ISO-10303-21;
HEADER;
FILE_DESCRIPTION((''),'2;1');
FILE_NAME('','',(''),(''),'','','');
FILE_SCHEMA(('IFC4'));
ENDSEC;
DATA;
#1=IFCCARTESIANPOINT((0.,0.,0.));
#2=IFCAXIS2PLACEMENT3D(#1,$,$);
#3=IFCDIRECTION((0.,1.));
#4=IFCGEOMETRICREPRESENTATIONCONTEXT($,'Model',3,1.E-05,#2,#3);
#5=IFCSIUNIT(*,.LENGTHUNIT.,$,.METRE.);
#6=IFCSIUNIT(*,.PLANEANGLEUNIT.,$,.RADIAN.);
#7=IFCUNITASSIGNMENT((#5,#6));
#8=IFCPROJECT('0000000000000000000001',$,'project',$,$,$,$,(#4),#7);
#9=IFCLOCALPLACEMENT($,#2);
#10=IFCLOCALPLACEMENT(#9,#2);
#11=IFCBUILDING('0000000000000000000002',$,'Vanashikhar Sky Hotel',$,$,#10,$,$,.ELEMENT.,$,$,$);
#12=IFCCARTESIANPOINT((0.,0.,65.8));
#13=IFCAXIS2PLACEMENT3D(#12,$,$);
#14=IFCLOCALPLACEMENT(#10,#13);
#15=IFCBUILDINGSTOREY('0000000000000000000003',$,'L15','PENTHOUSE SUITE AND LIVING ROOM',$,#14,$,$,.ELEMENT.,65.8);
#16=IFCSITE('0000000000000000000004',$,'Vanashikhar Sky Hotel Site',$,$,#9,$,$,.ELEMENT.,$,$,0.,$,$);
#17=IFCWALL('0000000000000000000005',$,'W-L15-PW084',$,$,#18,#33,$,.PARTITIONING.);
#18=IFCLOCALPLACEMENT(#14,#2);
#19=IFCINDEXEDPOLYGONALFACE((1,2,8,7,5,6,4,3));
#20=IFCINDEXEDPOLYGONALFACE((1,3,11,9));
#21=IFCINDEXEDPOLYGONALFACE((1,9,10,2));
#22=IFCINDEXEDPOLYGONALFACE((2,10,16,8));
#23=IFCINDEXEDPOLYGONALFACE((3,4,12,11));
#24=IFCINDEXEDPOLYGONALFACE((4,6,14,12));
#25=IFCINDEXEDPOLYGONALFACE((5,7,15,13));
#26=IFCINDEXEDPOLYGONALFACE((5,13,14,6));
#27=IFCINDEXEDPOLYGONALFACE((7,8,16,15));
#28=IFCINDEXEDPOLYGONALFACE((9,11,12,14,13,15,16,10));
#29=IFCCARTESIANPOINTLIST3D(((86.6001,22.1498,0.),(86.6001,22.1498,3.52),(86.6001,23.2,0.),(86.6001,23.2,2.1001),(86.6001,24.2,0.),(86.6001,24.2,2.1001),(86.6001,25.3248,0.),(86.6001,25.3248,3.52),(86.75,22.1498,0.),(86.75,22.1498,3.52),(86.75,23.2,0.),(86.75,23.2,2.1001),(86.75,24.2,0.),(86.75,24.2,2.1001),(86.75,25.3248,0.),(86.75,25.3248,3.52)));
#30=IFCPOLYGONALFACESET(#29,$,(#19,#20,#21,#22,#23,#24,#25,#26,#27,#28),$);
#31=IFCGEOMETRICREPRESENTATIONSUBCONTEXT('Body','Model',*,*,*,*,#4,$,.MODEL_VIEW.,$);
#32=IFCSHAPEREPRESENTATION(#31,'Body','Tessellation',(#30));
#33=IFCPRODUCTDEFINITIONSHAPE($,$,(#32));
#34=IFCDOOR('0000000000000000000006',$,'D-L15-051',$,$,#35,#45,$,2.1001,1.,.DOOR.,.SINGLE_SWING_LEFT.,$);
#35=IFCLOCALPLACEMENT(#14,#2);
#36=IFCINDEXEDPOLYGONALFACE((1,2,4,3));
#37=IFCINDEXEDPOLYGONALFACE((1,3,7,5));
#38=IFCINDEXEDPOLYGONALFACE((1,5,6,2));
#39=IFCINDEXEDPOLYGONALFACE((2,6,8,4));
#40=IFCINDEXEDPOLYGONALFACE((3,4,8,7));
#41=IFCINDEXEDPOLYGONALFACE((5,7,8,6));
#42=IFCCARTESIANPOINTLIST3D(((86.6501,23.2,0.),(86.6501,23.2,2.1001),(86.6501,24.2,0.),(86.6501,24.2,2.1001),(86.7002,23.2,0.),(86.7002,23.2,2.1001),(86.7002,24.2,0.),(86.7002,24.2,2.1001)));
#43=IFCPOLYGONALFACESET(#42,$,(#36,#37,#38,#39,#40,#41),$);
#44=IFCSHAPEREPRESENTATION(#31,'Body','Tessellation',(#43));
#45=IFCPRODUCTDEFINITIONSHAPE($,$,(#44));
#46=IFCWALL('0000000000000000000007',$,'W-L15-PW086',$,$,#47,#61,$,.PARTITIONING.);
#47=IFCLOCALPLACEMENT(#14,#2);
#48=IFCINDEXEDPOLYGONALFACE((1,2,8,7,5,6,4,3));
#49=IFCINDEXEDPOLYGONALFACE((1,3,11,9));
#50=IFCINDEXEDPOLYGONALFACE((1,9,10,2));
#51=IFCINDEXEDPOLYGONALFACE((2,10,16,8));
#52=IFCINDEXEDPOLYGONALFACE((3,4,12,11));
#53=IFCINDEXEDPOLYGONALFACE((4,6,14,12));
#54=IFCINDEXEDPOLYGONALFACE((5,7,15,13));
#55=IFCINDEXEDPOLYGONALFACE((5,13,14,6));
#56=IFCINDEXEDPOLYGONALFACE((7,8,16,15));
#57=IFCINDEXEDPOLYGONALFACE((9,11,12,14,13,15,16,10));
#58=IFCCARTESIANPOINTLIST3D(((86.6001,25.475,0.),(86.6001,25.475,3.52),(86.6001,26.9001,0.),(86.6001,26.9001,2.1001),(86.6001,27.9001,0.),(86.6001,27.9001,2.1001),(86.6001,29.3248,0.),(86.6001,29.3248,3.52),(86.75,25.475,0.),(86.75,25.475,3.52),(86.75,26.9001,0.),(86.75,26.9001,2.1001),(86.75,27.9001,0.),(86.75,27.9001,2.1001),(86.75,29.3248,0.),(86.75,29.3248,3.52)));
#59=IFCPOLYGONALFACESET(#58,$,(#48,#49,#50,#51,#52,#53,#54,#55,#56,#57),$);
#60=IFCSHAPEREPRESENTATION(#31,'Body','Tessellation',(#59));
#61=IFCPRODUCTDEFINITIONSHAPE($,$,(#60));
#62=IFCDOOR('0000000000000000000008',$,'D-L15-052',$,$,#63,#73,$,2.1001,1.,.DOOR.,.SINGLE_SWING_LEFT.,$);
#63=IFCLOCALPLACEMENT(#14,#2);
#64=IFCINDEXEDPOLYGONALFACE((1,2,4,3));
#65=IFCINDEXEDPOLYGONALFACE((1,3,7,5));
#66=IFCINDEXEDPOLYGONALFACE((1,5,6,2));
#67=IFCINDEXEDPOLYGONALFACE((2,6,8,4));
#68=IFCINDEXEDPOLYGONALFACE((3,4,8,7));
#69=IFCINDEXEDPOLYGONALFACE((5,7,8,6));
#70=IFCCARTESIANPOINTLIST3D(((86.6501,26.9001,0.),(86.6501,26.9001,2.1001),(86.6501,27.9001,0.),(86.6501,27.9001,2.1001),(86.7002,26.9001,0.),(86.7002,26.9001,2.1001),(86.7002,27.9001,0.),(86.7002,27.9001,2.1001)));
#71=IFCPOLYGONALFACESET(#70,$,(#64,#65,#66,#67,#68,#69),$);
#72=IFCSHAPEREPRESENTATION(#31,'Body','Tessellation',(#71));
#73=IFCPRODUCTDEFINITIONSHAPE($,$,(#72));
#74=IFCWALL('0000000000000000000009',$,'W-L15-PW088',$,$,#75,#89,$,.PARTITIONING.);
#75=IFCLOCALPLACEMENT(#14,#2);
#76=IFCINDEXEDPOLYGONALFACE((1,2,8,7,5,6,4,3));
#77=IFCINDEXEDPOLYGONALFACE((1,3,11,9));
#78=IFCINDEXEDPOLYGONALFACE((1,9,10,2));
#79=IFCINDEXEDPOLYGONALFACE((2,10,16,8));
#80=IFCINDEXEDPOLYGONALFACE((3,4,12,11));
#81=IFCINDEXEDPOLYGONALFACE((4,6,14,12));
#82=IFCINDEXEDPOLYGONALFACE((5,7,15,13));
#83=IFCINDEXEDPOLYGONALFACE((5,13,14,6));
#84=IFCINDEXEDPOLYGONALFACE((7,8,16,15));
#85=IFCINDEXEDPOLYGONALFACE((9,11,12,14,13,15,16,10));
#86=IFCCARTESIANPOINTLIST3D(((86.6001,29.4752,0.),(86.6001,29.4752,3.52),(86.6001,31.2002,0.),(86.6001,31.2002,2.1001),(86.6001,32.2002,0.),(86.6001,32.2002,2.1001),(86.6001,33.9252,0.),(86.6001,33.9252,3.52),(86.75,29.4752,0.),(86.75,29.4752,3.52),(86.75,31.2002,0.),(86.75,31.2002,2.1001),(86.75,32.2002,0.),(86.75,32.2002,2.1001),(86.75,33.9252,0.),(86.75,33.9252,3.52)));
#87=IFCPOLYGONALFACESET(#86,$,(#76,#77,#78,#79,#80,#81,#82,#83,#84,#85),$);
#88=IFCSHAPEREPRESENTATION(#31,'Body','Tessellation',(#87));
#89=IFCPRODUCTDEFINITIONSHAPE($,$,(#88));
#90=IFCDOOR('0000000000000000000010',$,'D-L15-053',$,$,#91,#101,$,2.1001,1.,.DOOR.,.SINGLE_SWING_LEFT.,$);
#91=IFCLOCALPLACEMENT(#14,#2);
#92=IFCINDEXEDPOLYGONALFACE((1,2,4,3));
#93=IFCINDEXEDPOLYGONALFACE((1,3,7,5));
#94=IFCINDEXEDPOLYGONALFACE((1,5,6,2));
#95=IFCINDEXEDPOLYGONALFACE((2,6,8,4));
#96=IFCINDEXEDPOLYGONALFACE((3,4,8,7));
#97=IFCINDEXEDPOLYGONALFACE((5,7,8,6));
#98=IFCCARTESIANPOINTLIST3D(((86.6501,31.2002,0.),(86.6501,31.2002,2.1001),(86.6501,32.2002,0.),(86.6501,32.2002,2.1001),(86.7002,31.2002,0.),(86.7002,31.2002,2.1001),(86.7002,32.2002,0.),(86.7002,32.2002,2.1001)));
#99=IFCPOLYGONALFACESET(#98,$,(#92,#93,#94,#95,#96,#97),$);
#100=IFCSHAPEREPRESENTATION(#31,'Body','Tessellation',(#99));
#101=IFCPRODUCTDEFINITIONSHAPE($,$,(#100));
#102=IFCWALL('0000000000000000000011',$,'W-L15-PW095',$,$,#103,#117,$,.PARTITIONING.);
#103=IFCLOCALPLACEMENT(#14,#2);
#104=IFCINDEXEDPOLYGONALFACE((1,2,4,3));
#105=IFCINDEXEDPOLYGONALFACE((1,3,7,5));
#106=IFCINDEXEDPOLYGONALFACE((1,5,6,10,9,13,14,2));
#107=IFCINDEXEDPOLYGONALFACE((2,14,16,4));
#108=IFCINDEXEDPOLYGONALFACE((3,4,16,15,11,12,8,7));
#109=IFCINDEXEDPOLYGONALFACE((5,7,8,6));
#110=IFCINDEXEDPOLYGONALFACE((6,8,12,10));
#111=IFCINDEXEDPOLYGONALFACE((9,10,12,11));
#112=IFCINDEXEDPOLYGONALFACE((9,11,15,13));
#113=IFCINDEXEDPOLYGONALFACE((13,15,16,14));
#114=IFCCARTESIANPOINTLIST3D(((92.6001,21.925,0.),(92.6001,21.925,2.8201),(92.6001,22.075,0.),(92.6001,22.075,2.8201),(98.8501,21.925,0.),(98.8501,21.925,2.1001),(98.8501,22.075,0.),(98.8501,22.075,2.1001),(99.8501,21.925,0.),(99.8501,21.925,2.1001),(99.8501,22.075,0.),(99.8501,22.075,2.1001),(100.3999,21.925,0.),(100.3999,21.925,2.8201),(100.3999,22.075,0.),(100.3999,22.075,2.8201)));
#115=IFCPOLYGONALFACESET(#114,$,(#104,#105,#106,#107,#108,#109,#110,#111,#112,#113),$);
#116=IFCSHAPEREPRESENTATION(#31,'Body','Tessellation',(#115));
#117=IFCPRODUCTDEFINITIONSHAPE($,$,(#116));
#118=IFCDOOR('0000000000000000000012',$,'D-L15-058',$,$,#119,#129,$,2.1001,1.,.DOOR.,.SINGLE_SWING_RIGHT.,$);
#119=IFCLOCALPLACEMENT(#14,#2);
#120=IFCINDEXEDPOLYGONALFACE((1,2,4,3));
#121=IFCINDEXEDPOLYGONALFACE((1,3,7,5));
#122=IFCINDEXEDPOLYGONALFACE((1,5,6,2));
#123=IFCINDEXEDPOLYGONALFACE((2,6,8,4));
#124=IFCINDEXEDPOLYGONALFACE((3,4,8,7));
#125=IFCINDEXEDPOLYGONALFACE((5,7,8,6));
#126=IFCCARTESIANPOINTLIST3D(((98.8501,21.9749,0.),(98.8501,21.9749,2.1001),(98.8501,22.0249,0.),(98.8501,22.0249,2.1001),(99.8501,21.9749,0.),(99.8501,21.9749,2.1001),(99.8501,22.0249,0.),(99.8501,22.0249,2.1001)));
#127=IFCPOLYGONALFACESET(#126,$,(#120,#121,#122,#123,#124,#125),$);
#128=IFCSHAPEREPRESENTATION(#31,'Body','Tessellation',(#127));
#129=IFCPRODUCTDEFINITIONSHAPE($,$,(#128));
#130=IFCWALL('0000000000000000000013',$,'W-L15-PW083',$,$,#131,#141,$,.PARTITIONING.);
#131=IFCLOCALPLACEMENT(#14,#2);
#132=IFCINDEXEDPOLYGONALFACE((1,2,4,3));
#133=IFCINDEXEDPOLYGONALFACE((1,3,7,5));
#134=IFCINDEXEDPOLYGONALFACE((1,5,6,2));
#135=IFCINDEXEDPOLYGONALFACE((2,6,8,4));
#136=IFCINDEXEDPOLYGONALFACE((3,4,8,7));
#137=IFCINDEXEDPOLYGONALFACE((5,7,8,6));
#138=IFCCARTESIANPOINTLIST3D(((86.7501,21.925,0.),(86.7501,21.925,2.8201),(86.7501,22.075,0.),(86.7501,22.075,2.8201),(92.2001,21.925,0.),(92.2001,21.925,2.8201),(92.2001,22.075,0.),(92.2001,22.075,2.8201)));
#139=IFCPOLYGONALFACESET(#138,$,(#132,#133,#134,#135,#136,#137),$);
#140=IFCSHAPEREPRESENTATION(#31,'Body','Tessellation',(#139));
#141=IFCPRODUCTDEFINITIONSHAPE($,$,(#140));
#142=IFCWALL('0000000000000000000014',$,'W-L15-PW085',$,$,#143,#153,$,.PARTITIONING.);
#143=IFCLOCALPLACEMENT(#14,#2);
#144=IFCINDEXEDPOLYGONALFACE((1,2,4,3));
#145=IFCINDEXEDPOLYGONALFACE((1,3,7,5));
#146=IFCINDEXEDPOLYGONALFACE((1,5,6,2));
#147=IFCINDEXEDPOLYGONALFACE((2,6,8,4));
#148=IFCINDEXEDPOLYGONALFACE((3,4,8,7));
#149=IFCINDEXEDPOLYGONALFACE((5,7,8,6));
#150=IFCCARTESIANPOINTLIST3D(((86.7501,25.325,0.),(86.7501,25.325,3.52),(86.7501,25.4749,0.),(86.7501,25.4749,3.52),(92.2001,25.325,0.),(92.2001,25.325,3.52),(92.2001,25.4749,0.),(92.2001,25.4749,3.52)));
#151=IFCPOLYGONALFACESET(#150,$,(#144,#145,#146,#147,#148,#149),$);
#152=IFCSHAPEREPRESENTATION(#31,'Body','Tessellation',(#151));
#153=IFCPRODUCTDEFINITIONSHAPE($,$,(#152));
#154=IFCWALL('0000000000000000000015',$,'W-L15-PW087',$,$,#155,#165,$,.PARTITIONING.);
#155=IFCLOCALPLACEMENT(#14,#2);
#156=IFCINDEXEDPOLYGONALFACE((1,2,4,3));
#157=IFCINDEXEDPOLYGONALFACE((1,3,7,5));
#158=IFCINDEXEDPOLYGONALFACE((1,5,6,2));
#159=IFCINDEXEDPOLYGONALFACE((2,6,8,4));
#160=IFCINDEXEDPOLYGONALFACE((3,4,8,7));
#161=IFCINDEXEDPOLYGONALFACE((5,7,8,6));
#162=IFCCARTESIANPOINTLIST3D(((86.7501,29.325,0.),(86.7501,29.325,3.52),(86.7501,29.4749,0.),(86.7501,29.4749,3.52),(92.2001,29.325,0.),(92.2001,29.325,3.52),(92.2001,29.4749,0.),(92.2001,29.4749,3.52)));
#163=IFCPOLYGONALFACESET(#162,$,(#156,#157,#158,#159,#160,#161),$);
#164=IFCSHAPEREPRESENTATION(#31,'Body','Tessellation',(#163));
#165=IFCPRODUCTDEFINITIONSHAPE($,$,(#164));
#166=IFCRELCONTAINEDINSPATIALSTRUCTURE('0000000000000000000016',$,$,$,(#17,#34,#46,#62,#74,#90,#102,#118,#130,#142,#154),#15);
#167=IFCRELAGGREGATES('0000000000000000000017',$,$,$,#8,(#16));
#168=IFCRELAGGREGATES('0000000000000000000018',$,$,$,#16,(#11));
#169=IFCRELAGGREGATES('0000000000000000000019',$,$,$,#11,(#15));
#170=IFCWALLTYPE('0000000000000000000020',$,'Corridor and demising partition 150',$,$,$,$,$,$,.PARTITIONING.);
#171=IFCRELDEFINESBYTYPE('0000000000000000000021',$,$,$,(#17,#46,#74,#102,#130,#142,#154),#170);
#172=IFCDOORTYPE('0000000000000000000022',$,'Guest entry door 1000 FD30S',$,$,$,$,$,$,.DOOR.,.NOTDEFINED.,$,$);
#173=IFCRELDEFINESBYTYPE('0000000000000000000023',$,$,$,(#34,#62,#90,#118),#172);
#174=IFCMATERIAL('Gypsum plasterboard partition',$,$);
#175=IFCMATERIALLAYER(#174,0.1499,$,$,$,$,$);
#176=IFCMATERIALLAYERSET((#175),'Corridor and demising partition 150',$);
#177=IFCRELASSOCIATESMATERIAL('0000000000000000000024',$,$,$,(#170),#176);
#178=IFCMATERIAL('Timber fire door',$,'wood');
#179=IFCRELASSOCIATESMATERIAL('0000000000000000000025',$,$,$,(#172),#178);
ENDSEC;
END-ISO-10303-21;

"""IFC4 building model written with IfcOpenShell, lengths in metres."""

from ifc_helpers import new_model, si_unit, direction, frame, frame_2d, origin, place, context, subcontext, project, spatial, rectangle, extrude, source, transform, mapped, material, layer, layer_set, type_object, element, fill, save


model = new_model("IFC4")

# Units and contexts
model_context = context("Model", 3, precision=1e-05, world=origin(), true_north=direction((0.0, 1.0)))
body_context = subcontext(model_context, "Body", "Model", "MODEL_VIEW")
ifc_project = project(units=[si_unit("LENGTHUNIT", "METRE"), si_unit("PLANEANGLEUNIT", "RADIAN")], contexts=[model_context])

# Site, building, storey
site_placement = place(None, origin())
site = spatial("IfcSite", under=ifc_project, at=site_placement, Name="Vanashikhar Sky Hotel Site", CompositionType="ELEMENT", RefElevation=0.0)
building_placement = place(site_placement, origin())
building = spatial("IfcBuilding", under=site, at=building_placement, Name="Vanashikhar Sky Hotel", CompositionType="ELEMENT")
storey_placement = place(building_placement, frame((0.0, 0.0, 65.8)))
storey = spatial("IfcBuildingStorey", under=building, at=storey_placement, Name="L15", Description="PENTHOUSE SUITE AND LIVING ROOM", CompositionType="ELEMENT", Elevation=65.8)

# Walls, openings, doors
ifc_material_1 = material(Name="Gypsum plasterboard partition")
ifc_layer_1 = layer(ifc_material_1, 0.1499)
ifc_layer_set_1 = layer_set([ifc_layer_1], Name="Corridor and demising partition 150")
wall_type_1 = type_object("IfcWallType", Name="Corridor and demising partition 150", PredefinedType="PARTITIONING", material=ifc_layer_set_1)
shared_shape_1 = source(origin(), body_context, "Body", "SweptSolid", [
    extrude(rectangle(XDim=3.175, YDim=0.1499, at=frame_2d((1.5874, 0.0))), origin(), (0.0, 0.0, 1.0), 3.52),
])
wall_1_placement = place(storey_placement, frame((86.675, 22.1499, 0.0), z_axis=(0.0, 0.0, 1.0), x_axis=(0.0, 1.0, 0.0)))
wall_1 = element("IfcWall", 1, at=wall_1_placement, inside=storey, type_object=wall_type_1, Name="W-L15-PW084", PredefinedType="PARTITIONING", context=body_context, shape_type="MappedRepresentation", body=[
    mapped(shared_shape_1, transform((0.0, 0.0, 0.0), scale=1.0)),
])
shared_shape_2 = source(origin(), body_context, "Body", "SweptSolid", [
    extrude(rectangle(XDim=1.0, YDim=2.1001, at=frame_2d((0.5, 1.05))), frame((0.0, 0.085, 0.0), z_axis=(0.0, -1.0, 0.0), x_axis=(1.0, 0.0, 0.0)), (0.0, 0.0, 1.0), 0.1699),
])
opening_1_placement = place(wall_1_placement, frame((1.05, 0.0, 0.0)))
opening_1 = element("IfcOpeningElement", 2, at=opening_1_placement, cuts=wall_1, PredefinedType="OPENING", context=body_context, shape_type="MappedRepresentation", body=[
    mapped(shared_shape_2, transform((0.0, 0.0, 0.0), scale=1.0)),
])
ifc_material_2 = material(Name="Timber fire door", Category="wood")
door_type_1 = type_object("IfcDoorType", Name="Guest entry door 1000 FD30S", OperationType="NOTDEFINED", PredefinedType="DOOR", material=ifc_material_2)
shared_shape_3 = source(origin(), body_context, "Body", "SweptSolid", [
    extrude(rectangle(XDim=1.0, YDim=2.1001, at=frame_2d((0.5, 1.05))), frame((0.0, 0.0249, 0.0), z_axis=(0.0, -1.0, 0.0), x_axis=(1.0, 0.0, 0.0)), (0.0, 0.0, 1.0), 0.05),
])
door_1_placement = place(opening_1_placement, origin())
door_1 = element("IfcDoor", 3, at=door_1_placement, inside=storey, type_object=door_type_1, Name="D-L15-051", OperationType="SINGLE_SWING_LEFT", OverallHeight=2.1001, OverallWidth=1.0, PredefinedType="DOOR", context=body_context, shape_type="MappedRepresentation", body=[
    mapped(shared_shape_3, transform((0.0, 0.0, 0.0), scale=1.0)),
])
fill(opening_1, door_1)
shared_shape_4 = source(origin(), body_context, "Body", "SweptSolid", [
    extrude(rectangle(XDim=3.8499, YDim=0.1499, at=frame_2d((1.9248, 0.0))), origin(), (0.0, 0.0, 1.0), 3.52),
])
wall_2_placement = place(storey_placement, frame((86.675, 25.4751, 0.0), z_axis=(0.0, 0.0, 1.0), x_axis=(0.0, 1.0, 0.0)))
wall_2 = element("IfcWall", 4, at=wall_2_placement, inside=storey, type_object=wall_type_1, Name="W-L15-PW086", PredefinedType="PARTITIONING", context=body_context, shape_type="MappedRepresentation", body=[
    mapped(shared_shape_4, transform((0.0, 0.0, 0.0), scale=1.0)),
])
opening_2_placement = place(wall_2_placement, frame((1.425, 0.0, 0.0)))
opening_2 = element("IfcOpeningElement", 5, at=opening_2_placement, cuts=wall_2, PredefinedType="OPENING", context=body_context, shape_type="MappedRepresentation", body=[
    mapped(shared_shape_2, transform((0.0, 0.0, 0.0), scale=1.0)),
])
door_2_placement = place(opening_2_placement, origin())
door_2 = element("IfcDoor", 6, at=door_2_placement, inside=storey, type_object=door_type_1, Name="D-L15-052", OperationType="SINGLE_SWING_LEFT", OverallHeight=2.1001, OverallWidth=1.0, PredefinedType="DOOR", context=body_context, shape_type="MappedRepresentation", body=[
    mapped(shared_shape_3, transform((0.0, 0.0, 0.0), scale=1.0)),
])
fill(opening_2, door_2)
shared_shape_5 = source(origin(), body_context, "Body", "SweptSolid", [
    extrude(rectangle(XDim=4.45, YDim=0.1499, at=frame_2d((2.2251, 0.0))), origin(), (0.0, 0.0, 1.0), 3.52),
])
wall_3_placement = place(storey_placement, frame((86.675, 29.4751, 0.0), z_axis=(0.0, 0.0, 1.0), x_axis=(0.0, 1.0, 0.0)))
wall_3 = element("IfcWall", 7, at=wall_3_placement, inside=storey, type_object=wall_type_1, Name="W-L15-PW088", PredefinedType="PARTITIONING", context=body_context, shape_type="MappedRepresentation", body=[
    mapped(shared_shape_5, transform((0.0, 0.0, 0.0), scale=1.0)),
])
opening_3_placement = place(wall_3_placement, frame((1.7251, 0.0, 0.0)))
opening_3 = element("IfcOpeningElement", 8, at=opening_3_placement, cuts=wall_3, PredefinedType="OPENING", context=body_context, shape_type="MappedRepresentation", body=[
    mapped(shared_shape_2, transform((0.0, 0.0, 0.0), scale=1.0)),
])
door_3_placement = place(opening_3_placement, origin())
door_3 = element("IfcDoor", 9, at=door_3_placement, inside=storey, type_object=door_type_1, Name="D-L15-053", OperationType="SINGLE_SWING_LEFT", OverallHeight=2.1001, OverallWidth=1.0, PredefinedType="DOOR", context=body_context, shape_type="MappedRepresentation", body=[
    mapped(shared_shape_3, transform((0.0, 0.0, 0.0), scale=1.0)),
])
fill(opening_3, door_3)
shared_shape_6 = source(origin(), body_context, "Body", "SweptSolid", [
    extrude(rectangle(XDim=7.7998, YDim=0.1499, at=frame_2d((3.8999, 0.0))), origin(), (0.0, 0.0, 1.0), 2.8201),
])
wall_4_placement = place(storey_placement, frame((92.6001, 22.0, 0.0), z_axis=(0.0, 0.0, 1.0), x_axis=(1.0, 0.0, 0.0)))
wall_4 = element("IfcWall", 10, at=wall_4_placement, inside=storey, type_object=wall_type_1, Name="W-L15-PW095", PredefinedType="PARTITIONING", context=body_context, shape_type="MappedRepresentation", body=[
    mapped(shared_shape_6, transform((0.0, 0.0, 0.0), scale=1.0)),
])
opening_4_placement = place(wall_4_placement, frame((6.25, 0.0, 0.0)))
opening_4 = element("IfcOpeningElement", 11, at=opening_4_placement, cuts=wall_4, PredefinedType="OPENING", context=body_context, shape_type="MappedRepresentation", body=[
    mapped(shared_shape_2, transform((0.0, 0.0, 0.0), scale=1.0)),
])
door_4_placement = place(opening_4_placement, origin())
door_4 = element("IfcDoor", 12, at=door_4_placement, inside=storey, type_object=door_type_1, Name="D-L15-058", OperationType="SINGLE_SWING_RIGHT", OverallHeight=2.1001, OverallWidth=1.0, PredefinedType="DOOR", context=body_context, shape_type="MappedRepresentation", body=[
    mapped(shared_shape_3, transform((0.0, 0.0, 0.0), scale=1.0)),
])
fill(opening_4, door_4)

# Walls
shared_shape_7 = source(origin(), body_context, "Body", "SweptSolid", [
    extrude(rectangle(XDim=5.45, YDim=0.1499, at=frame_2d((2.7251, 0.0))), origin(), (0.0, 0.0, 1.0), 2.8201),
])
wall_5_placement = place(storey_placement, frame((86.75, 22.0, 0.0), z_axis=(0.0, 0.0, 1.0), x_axis=(1.0, 0.0, 0.0)))
element("IfcWall", 13, at=wall_5_placement, inside=storey, type_object=wall_type_1, Name="W-L15-PW083", PredefinedType="PARTITIONING", context=body_context, shape_type="MappedRepresentation", body=[
    mapped(shared_shape_7, transform((0.0, 0.0, 0.0), scale=1.0)),
])
shared_shape_8 = source(origin(), body_context, "Body", "SweptSolid", [
    extrude(rectangle(XDim=5.45, YDim=0.1499, at=frame_2d((2.7251, 0.0))), origin(), (0.0, 0.0, 1.0), 3.52),
])
for number, where, z_axis, x_axis, name in (
    (14, (86.75, 25.3999, 0.0), (0.0, 0.0, 1.0), (1.0, 0.0, 0.0), "W-L15-PW085"),
    (15, (86.75, 29.3999, 0.0), (0.0, 0.0, 1.0), (1.0, 0.0, 0.0), "W-L15-PW087"),
):
    element("IfcWall", number, at=place(storey_placement, frame(where, z_axis=z_axis, x_axis=x_axis)), inside=storey, type_object=wall_type_1, Name=name, PredefinedType="PARTITIONING", context=body_context, shape_type="MappedRepresentation", body=[
        mapped(shared_shape_8, transform((0.0, 0.0, 0.0), scale=1.0)),
    ])

save(model, "model.ifc")
